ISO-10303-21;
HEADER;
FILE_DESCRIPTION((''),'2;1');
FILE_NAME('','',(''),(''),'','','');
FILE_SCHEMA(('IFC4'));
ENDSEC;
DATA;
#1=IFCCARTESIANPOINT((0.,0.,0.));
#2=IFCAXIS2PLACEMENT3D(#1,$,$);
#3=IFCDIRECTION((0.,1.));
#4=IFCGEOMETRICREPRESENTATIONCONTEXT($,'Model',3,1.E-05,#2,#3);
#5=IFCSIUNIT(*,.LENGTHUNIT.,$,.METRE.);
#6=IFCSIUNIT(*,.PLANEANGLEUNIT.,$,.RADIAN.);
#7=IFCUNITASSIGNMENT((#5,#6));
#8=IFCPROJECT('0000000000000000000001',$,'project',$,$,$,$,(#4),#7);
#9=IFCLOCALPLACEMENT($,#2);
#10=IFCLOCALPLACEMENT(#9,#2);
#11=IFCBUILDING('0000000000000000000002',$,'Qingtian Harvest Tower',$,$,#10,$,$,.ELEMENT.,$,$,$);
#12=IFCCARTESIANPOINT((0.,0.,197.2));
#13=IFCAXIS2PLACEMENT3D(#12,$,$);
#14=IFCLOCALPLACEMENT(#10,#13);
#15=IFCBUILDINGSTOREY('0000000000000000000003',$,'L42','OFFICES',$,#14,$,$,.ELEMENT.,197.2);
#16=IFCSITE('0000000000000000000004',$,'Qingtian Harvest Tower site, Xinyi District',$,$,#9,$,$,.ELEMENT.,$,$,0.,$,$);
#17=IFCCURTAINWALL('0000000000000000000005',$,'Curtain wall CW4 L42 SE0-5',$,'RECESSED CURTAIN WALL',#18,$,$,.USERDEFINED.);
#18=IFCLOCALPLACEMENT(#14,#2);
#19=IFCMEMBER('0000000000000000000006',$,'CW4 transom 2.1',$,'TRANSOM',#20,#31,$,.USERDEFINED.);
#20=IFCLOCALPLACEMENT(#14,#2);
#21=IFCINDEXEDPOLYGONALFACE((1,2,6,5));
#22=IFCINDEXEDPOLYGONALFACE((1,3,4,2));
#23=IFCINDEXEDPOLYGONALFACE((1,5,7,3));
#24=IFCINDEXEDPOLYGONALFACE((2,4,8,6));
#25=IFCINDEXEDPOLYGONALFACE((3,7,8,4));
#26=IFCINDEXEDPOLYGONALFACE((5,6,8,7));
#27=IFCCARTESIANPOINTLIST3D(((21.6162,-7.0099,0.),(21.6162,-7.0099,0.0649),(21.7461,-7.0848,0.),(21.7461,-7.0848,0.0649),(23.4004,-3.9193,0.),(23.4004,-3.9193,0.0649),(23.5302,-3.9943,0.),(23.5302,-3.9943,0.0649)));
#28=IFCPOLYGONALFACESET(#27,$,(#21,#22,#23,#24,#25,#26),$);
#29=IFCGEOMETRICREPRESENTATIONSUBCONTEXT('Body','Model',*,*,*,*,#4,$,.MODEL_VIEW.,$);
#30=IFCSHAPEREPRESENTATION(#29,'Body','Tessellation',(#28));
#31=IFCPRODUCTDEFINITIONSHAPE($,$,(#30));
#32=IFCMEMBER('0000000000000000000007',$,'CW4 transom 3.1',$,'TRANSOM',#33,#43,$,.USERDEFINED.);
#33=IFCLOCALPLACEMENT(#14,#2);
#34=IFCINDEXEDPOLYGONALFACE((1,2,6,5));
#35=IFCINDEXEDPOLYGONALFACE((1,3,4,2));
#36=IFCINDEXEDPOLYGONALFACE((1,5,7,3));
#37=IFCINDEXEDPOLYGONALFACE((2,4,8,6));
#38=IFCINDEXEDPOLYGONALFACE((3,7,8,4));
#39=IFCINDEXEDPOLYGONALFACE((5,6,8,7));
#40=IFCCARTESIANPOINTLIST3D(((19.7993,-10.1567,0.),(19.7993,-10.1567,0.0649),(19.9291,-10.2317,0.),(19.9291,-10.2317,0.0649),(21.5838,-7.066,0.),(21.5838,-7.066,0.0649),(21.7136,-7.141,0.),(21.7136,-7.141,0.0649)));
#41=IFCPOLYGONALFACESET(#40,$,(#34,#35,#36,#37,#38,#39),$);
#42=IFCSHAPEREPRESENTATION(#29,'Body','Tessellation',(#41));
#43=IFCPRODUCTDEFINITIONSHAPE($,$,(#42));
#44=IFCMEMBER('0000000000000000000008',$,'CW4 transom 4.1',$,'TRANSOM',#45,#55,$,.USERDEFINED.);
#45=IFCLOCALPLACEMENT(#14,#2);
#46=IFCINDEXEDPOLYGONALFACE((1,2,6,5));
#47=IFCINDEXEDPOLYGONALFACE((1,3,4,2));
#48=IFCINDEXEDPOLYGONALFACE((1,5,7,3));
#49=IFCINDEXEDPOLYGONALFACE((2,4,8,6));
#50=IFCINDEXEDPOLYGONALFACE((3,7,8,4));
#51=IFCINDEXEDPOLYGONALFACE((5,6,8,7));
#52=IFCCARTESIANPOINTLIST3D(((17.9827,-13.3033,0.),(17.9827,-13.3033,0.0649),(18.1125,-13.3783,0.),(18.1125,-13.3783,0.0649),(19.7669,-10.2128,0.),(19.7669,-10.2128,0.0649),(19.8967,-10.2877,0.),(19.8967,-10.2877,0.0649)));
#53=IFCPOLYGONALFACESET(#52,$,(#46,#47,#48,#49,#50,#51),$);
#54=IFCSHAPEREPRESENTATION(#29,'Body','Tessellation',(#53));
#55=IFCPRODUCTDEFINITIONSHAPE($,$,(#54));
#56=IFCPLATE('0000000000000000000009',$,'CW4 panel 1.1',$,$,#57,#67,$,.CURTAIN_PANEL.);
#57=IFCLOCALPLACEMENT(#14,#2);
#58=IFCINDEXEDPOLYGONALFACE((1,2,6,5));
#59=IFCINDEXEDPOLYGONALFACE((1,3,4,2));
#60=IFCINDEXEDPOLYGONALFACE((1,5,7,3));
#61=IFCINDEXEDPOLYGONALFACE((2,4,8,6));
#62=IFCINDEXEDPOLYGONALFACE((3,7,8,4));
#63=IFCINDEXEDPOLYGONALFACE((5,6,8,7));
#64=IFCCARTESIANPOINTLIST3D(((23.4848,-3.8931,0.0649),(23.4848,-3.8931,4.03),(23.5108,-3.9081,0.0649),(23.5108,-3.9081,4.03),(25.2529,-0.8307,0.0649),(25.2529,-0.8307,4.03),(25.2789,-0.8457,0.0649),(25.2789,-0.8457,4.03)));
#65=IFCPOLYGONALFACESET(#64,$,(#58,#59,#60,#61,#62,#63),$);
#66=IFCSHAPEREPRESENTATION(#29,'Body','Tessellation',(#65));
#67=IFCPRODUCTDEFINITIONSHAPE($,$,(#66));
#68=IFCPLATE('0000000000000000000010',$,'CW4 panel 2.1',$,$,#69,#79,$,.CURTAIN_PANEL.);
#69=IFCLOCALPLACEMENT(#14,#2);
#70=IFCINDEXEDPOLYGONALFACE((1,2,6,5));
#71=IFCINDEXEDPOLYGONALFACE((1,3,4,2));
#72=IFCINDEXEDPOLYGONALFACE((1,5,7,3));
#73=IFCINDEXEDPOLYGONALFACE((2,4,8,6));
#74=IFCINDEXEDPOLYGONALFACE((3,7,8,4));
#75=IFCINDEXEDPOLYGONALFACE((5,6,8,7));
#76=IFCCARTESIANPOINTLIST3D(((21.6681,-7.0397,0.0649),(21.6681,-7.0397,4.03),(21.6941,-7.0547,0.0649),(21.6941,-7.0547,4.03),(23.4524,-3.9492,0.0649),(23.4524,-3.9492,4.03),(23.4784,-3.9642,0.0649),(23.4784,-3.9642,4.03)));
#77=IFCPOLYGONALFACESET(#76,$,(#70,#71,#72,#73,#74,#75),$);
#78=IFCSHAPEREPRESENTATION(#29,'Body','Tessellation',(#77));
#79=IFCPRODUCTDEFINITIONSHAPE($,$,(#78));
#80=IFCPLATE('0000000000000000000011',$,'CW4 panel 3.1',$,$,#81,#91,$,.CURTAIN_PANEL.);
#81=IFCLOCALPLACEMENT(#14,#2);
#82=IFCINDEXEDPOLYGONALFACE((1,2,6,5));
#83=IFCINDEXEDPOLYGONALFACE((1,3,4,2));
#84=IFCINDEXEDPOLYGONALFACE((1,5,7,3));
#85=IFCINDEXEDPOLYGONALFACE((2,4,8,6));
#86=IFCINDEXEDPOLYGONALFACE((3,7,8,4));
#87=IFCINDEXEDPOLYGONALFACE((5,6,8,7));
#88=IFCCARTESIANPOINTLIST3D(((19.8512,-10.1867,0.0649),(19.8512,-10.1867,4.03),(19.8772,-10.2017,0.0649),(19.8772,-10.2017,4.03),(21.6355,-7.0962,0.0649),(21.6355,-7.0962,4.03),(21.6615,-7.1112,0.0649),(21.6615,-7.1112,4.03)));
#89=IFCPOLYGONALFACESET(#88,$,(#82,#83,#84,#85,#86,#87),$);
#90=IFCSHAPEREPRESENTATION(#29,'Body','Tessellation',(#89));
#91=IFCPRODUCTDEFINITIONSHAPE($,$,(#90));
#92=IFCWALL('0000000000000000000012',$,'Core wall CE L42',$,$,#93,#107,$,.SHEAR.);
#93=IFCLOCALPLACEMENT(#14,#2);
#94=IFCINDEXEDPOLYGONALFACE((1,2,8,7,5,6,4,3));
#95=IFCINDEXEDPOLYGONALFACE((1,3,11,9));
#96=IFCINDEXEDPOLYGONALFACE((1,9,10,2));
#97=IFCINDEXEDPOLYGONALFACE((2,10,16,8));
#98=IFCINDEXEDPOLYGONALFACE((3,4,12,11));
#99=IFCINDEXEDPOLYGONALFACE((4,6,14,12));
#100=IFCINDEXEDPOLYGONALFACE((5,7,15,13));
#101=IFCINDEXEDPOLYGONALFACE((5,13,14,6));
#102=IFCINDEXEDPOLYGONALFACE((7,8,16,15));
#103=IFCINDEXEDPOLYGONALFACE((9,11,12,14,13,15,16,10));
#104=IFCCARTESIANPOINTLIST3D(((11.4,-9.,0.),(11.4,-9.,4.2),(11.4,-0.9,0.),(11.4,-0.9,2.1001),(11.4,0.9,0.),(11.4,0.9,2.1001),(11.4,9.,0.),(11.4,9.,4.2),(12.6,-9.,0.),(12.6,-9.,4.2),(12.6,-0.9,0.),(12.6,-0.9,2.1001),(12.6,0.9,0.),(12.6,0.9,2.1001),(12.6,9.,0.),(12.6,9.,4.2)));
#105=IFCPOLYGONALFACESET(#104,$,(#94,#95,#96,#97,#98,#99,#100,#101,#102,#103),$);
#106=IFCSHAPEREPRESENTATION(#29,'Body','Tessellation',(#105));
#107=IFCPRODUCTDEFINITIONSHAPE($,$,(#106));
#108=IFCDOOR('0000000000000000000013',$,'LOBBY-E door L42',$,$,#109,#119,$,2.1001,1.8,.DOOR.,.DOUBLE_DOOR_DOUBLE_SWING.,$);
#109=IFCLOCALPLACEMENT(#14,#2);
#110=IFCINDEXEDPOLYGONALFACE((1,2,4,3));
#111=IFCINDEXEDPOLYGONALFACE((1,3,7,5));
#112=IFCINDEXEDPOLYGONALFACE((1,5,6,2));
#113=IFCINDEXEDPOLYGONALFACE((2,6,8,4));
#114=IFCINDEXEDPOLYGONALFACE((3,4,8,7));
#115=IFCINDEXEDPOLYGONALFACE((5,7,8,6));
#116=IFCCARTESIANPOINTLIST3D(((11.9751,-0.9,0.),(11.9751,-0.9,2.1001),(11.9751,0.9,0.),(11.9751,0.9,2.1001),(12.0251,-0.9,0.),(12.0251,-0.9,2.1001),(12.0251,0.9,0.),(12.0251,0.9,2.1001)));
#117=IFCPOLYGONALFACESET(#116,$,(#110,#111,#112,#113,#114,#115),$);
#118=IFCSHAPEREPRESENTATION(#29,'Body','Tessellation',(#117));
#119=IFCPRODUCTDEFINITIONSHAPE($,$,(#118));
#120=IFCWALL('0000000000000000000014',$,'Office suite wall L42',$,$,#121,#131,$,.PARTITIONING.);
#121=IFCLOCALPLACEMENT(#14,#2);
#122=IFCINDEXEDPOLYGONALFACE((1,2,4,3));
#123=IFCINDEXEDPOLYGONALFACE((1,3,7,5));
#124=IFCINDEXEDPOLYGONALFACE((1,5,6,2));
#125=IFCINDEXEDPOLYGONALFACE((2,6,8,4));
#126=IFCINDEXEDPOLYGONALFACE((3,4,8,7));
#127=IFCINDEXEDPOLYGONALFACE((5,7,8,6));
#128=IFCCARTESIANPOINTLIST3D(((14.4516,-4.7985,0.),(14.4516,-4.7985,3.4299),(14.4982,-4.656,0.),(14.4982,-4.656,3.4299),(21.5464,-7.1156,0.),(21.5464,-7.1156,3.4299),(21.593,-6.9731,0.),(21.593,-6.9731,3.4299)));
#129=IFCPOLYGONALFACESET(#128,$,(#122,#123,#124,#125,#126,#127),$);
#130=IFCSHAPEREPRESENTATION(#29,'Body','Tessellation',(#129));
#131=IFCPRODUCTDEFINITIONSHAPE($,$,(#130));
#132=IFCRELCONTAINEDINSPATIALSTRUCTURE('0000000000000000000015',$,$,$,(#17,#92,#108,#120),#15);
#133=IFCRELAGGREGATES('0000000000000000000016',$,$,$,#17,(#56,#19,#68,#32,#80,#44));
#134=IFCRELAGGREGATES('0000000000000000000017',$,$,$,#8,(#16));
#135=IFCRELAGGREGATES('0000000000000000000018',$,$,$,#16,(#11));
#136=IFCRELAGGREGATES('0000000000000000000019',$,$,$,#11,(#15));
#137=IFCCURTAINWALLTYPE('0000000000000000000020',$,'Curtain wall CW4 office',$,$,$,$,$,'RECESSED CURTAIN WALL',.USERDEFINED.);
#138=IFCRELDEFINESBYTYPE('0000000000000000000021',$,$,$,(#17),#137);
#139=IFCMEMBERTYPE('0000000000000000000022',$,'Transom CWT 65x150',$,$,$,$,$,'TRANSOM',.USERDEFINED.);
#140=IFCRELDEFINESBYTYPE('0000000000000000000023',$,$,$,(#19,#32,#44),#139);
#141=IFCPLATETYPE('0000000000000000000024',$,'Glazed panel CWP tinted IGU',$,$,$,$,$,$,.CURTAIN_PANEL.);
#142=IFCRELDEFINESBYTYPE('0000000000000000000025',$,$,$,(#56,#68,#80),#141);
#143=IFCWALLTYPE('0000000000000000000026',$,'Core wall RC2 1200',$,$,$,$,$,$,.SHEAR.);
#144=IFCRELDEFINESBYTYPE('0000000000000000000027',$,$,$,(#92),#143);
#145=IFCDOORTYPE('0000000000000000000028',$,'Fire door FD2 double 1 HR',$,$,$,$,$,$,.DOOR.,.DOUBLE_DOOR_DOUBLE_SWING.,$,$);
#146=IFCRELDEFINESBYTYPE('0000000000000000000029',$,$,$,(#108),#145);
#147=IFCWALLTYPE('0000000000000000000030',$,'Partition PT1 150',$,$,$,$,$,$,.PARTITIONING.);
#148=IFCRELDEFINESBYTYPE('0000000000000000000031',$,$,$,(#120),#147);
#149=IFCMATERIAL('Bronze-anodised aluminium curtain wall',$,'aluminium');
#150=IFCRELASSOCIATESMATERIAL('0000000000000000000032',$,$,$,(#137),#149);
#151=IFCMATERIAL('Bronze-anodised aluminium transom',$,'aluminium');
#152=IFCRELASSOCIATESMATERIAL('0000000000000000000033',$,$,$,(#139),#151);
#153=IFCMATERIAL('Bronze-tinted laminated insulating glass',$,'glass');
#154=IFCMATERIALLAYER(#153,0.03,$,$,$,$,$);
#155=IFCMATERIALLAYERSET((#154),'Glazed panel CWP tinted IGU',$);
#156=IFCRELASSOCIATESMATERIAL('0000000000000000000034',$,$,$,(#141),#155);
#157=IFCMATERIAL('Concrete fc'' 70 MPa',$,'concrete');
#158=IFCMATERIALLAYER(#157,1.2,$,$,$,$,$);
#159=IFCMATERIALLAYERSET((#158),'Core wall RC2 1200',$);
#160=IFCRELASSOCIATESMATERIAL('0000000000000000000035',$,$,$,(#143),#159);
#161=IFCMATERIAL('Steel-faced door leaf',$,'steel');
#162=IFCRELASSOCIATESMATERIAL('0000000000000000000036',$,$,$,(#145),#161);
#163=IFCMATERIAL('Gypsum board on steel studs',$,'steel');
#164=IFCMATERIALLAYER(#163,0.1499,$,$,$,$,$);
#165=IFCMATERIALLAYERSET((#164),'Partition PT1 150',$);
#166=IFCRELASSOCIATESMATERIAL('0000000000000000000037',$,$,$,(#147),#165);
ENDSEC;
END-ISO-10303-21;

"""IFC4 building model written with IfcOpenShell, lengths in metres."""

from ifc_helpers import new_model, si_unit, direction, frame, frame_2d, origin, origin_2d, place, context, subcontext, project, spatial, rectangle, extrude, material, layer, layer_set, material_profile, profile_set, type_object, element, fill, aggregate, save


model = new_model("IFC4")

# Units and contexts
model_context = context("Model", 3, precision=1e-05, world=origin(), true_north=direction((0.0, 1.0)))
body_context = subcontext(model_context, "Body", "Model", "MODEL_VIEW")
ifc_project = project(units=[si_unit("LENGTHUNIT", "METRE"), si_unit("PLANEANGLEUNIT", "RADIAN")], contexts=[model_context])

# Site, building, storey
site_placement = place(None, origin())
site = spatial("IfcSite", under=ifc_project, at=site_placement, Name="Qingtian Harvest Tower site, Xinyi District", CompositionType="ELEMENT", RefElevation=0.0)
building_placement = place(site_placement, origin())
building = spatial("IfcBuilding", under=site, at=building_placement, Name="Qingtian Harvest Tower", CompositionType="ELEMENT")
storey_placement = place(building_placement, frame((0.0, 0.0, 197.2)))
storey = spatial("IfcBuildingStorey", under=building, at=storey_placement, Name="L42", Description="OFFICES", CompositionType="ELEMENT", Elevation=197.2)

# Shared definitions
ifc_material_1 = material(Name="Bronze-anodised aluminium curtain wall", Category="aluminium")
curtain_wall_type = type_object("IfcCurtainWallType", Name="Curtain wall CW4 office", ElementType="RECESSED CURTAIN WALL", PredefinedType="USERDEFINED", material=ifc_material_1)

# Curtain wall
curtain_wall_1_placement = place(storey_placement, origin())
curtain_wall_1 = element("IfcCurtainWall", 1, at=curtain_wall_1_placement, inside=storey, type_object=curtain_wall_type, Name="Curtain wall CW4 L42 SE0-5", ObjectType="RECESSED CURTAIN WALL", PredefinedType="USERDEFINED")

# Members
ifc_material_2 = material(Name="Bronze-anodised aluminium transom", Category="aluminium")
ifc_material_profile_1 = material_profile(ifc_material_2, rectangle(XDim=0.1499, YDim=0.0649, at=origin_2d()), Name="AL 65x150")
ifc_profile_set_1 = profile_set([ifc_material_profile_1], Name="Bronze-anodised aluminium transom")
member_type_1 = type_object("IfcMemberType", Name="Transom CWT 65x150", ElementType="TRANSOM", PredefinedType="USERDEFINED", material=ifc_profile_set_1)
member_1_placement = place(storey_placement, frame((23.4653, -3.9568, 0.0325), z_axis=(-0.499965, -0.866045, 0.0), x_axis=(0.866045, -0.499965, 0.0)))
member_1 = element("IfcMember", 2, at=member_1_placement, type_object=member_type_1, Name="CW4 transom 2.1", ObjectType="TRANSOM", PredefinedType="USERDEFINED", context=body_context, shape_type="SweptSolid", body=[
    extrude(rectangle(XDim=0.1499, YDim=0.0649, at=origin_2d()), origin(), (0.0, 0.0, 1.0), 3.5686),
])
member_2_placement = place(storey_placement, frame((21.6487, -7.1035, 0.0325), z_axis=(-0.500017, -0.866016, 0.0), x_axis=(0.866016, -0.500017, 0.0)))
member_2 = element("IfcMember", 3, at=member_2_placement, type_object=member_type_1, Name="CW4 transom 3.1", ObjectType="TRANSOM", PredefinedType="USERDEFINED", context=body_context, shape_type="SweptSolid", body=[
    extrude(rectangle(XDim=0.1499, YDim=0.0649, at=origin_2d()), origin(), (0.0, 0.0, 1.0), 3.5688),
])
member_3_placement = place(storey_placement, frame((19.8318, -10.2502, 0.0325), z_axis=(-0.499965, -0.866045, 0.0), x_axis=(0.866045, -0.499965, 0.0)))
member_3 = element("IfcMember", 4, at=member_3_placement, type_object=member_type_1, Name="CW4 transom 4.1", ObjectType="TRANSOM", PredefinedType="USERDEFINED", context=body_context, shape_type="SweptSolid", body=[
    extrude(rectangle(XDim=0.1499, YDim=0.0649, at=origin_2d()), origin(), (0.0, 0.0, 1.0), 3.5686),
])

# Plates
ifc_material_3 = material(Name="Bronze-tinted laminated insulating glass", Category="glass")
ifc_layer_1 = layer(ifc_material_3, 0.03)
ifc_layer_set_1 = layer_set([ifc_layer_1], Name="Glazed panel CWP tinted IGU")
plate_type = type_object("IfcPlateType", Name="Glazed panel CWP tinted IGU", PredefinedType="CURTAIN_PANEL", material=ifc_layer_set_1)
plate_1_placement = place(storey_placement, frame((24.3818, -2.3694, 0.0649), z_axis=(0.0, 0.0, 1.0), x_axis=(-0.5, -0.866025, 0.0)))
plate_1 = element("IfcPlate", 5, at=plate_1_placement, type_object=plate_type, Name="CW4 panel 1.1", PredefinedType="CURTAIN_PANEL", context=body_context, shape_type="SweptSolid", body=[
    extrude(rectangle(XDim=3.5361, YDim=0.03, at=origin_2d()), origin(), (0.0, 0.0, 1.0), 3.9651),
])
plate_2_placement = place(storey_placement, frame((22.5732, -5.502, 0.0649), z_axis=(0.0, 0.0, 1.0), x_axis=(-0.5, -0.866025, 0.0)))
plate_2 = element("IfcPlate", 6, at=plate_2_placement, type_object=plate_type, Name="CW4 panel 2.1", PredefinedType="CURTAIN_PANEL", context=body_context, shape_type="SweptSolid", body=[
    extrude(rectangle(XDim=3.5686, YDim=0.03, at=origin_2d()), origin(), (0.0, 0.0, 1.0), 3.9651),
])
plate_3_placement = place(storey_placement, frame((20.7563, -8.6489, 0.0649), z_axis=(0.0, 0.0, 1.0), x_axis=(-0.5, -0.866025, 0.0)))
plate_3 = element("IfcPlate", 7, at=plate_3_placement, type_object=plate_type, Name="CW4 panel 3.1", PredefinedType="CURTAIN_PANEL", context=body_context, shape_type="SweptSolid", body=[
    extrude(rectangle(XDim=3.5686, YDim=0.03, at=origin_2d()), origin(), (0.0, 0.0, 1.0), 3.9651),
])
aggregate(curtain_wall_1, [plate_1, member_1, plate_2, member_2, plate_3, member_3])

# Wall, opening, door
ifc_material_4 = material(Name="Concrete fc' 70 MPa", Category="concrete")
ifc_layer_2 = layer(ifc_material_4, 1.2)
ifc_layer_set_2 = layer_set([ifc_layer_2], Name="Core wall RC2 1200")
wall_type_1 = type_object("IfcWallType", Name="Core wall RC2 1200", PredefinedType="SHEAR", material=ifc_layer_set_2)
wall_1_placement = place(storey_placement, frame((12.0, -9.0, 0.0), z_axis=(0.0, 0.0, 1.0), x_axis=(0.0, 1.0, 0.0)))
wall_1 = element("IfcWall", 8, at=wall_1_placement, inside=storey, type_object=wall_type_1, Name="Core wall CE L42", PredefinedType="SHEAR", context=body_context, shape_type="SweptSolid", body=[
    extrude(rectangle(XDim=18.0, YDim=1.2, at=frame_2d((9.0, 0.0))), origin(), (0.0, 0.0, 1.0), 4.2),
])
opening_1_placement = place(wall_1_placement, frame((8.1001, 0.0, 0.0)))
opening_1 = element("IfcOpeningElement", 9, at=opening_1_placement, cuts=wall_1, PredefinedType="OPENING", context=body_context, shape_type="SweptSolid", body=[
    extrude(rectangle(XDim=1.8, YDim=2.1001, at=frame_2d((0.8999, 1.05))), frame((0.0, 0.6099, 0.0), z_axis=(0.0, -1.0, 0.0), x_axis=(1.0, 0.0, 0.0)), (0.0, 0.0, 1.0), 1.22),
])
ifc_material_5 = material(Name="Steel-faced door leaf", Category="steel")
door_type_1 = type_object("IfcDoorType", Name="Fire door FD2 double 1 HR", OperationType="DOUBLE_DOOR_DOUBLE_SWING", PredefinedType="DOOR", material=ifc_material_5)
door_1_placement = place(opening_1_placement, origin())
door_1 = element("IfcDoor", 10, at=door_1_placement, inside=storey, type_object=door_type_1, Name="LOBBY-E door L42", OperationType="DOUBLE_DOOR_DOUBLE_SWING", OverallHeight=2.1001, OverallWidth=1.8, PredefinedType="DOOR", context=body_context, shape_type="SweptSolid", body=[
    extrude(rectangle(XDim=1.8, YDim=2.1001, at=frame_2d((0.8999, 1.05))), frame((0.0, 0.0249, 0.0), z_axis=(0.0, -1.0, 0.0), x_axis=(1.0, 0.0, 0.0)), (0.0, 0.0, 1.0), 0.05),
])
fill(opening_1, door_1)

# Wall
ifc_material_6 = material(Name="Gypsum board on steel studs", Category="steel")
ifc_layer_3 = layer(ifc_material_6, 0.1499)
ifc_layer_set_3 = layer_set([ifc_layer_3], Name="Partition PT1 150")
wall_type_2 = type_object("IfcWallType", Name="Partition PT1 150", PredefinedType="PARTITIONING", material=ifc_layer_set_3)
wall_2_placement = place(storey_placement, frame((21.5698, -7.0444, 0.0), z_axis=(0.0, 0.0, 1.0), x_axis=(-0.950586, 0.310462, 0.0)))
element("IfcWall", 11, at=wall_2_placement, inside=storey, type_object=wall_type_2, Name="Office suite wall L42", PredefinedType="PARTITIONING", context=body_context, shape_type="SweptSolid", body=[
    extrude(rectangle(XDim=7.4636, YDim=0.1499, at=frame_2d((3.7319, 0.0))), origin(), (0.0, 0.0, 1.0), 3.4299),
])

save(model, "model.ifc")
